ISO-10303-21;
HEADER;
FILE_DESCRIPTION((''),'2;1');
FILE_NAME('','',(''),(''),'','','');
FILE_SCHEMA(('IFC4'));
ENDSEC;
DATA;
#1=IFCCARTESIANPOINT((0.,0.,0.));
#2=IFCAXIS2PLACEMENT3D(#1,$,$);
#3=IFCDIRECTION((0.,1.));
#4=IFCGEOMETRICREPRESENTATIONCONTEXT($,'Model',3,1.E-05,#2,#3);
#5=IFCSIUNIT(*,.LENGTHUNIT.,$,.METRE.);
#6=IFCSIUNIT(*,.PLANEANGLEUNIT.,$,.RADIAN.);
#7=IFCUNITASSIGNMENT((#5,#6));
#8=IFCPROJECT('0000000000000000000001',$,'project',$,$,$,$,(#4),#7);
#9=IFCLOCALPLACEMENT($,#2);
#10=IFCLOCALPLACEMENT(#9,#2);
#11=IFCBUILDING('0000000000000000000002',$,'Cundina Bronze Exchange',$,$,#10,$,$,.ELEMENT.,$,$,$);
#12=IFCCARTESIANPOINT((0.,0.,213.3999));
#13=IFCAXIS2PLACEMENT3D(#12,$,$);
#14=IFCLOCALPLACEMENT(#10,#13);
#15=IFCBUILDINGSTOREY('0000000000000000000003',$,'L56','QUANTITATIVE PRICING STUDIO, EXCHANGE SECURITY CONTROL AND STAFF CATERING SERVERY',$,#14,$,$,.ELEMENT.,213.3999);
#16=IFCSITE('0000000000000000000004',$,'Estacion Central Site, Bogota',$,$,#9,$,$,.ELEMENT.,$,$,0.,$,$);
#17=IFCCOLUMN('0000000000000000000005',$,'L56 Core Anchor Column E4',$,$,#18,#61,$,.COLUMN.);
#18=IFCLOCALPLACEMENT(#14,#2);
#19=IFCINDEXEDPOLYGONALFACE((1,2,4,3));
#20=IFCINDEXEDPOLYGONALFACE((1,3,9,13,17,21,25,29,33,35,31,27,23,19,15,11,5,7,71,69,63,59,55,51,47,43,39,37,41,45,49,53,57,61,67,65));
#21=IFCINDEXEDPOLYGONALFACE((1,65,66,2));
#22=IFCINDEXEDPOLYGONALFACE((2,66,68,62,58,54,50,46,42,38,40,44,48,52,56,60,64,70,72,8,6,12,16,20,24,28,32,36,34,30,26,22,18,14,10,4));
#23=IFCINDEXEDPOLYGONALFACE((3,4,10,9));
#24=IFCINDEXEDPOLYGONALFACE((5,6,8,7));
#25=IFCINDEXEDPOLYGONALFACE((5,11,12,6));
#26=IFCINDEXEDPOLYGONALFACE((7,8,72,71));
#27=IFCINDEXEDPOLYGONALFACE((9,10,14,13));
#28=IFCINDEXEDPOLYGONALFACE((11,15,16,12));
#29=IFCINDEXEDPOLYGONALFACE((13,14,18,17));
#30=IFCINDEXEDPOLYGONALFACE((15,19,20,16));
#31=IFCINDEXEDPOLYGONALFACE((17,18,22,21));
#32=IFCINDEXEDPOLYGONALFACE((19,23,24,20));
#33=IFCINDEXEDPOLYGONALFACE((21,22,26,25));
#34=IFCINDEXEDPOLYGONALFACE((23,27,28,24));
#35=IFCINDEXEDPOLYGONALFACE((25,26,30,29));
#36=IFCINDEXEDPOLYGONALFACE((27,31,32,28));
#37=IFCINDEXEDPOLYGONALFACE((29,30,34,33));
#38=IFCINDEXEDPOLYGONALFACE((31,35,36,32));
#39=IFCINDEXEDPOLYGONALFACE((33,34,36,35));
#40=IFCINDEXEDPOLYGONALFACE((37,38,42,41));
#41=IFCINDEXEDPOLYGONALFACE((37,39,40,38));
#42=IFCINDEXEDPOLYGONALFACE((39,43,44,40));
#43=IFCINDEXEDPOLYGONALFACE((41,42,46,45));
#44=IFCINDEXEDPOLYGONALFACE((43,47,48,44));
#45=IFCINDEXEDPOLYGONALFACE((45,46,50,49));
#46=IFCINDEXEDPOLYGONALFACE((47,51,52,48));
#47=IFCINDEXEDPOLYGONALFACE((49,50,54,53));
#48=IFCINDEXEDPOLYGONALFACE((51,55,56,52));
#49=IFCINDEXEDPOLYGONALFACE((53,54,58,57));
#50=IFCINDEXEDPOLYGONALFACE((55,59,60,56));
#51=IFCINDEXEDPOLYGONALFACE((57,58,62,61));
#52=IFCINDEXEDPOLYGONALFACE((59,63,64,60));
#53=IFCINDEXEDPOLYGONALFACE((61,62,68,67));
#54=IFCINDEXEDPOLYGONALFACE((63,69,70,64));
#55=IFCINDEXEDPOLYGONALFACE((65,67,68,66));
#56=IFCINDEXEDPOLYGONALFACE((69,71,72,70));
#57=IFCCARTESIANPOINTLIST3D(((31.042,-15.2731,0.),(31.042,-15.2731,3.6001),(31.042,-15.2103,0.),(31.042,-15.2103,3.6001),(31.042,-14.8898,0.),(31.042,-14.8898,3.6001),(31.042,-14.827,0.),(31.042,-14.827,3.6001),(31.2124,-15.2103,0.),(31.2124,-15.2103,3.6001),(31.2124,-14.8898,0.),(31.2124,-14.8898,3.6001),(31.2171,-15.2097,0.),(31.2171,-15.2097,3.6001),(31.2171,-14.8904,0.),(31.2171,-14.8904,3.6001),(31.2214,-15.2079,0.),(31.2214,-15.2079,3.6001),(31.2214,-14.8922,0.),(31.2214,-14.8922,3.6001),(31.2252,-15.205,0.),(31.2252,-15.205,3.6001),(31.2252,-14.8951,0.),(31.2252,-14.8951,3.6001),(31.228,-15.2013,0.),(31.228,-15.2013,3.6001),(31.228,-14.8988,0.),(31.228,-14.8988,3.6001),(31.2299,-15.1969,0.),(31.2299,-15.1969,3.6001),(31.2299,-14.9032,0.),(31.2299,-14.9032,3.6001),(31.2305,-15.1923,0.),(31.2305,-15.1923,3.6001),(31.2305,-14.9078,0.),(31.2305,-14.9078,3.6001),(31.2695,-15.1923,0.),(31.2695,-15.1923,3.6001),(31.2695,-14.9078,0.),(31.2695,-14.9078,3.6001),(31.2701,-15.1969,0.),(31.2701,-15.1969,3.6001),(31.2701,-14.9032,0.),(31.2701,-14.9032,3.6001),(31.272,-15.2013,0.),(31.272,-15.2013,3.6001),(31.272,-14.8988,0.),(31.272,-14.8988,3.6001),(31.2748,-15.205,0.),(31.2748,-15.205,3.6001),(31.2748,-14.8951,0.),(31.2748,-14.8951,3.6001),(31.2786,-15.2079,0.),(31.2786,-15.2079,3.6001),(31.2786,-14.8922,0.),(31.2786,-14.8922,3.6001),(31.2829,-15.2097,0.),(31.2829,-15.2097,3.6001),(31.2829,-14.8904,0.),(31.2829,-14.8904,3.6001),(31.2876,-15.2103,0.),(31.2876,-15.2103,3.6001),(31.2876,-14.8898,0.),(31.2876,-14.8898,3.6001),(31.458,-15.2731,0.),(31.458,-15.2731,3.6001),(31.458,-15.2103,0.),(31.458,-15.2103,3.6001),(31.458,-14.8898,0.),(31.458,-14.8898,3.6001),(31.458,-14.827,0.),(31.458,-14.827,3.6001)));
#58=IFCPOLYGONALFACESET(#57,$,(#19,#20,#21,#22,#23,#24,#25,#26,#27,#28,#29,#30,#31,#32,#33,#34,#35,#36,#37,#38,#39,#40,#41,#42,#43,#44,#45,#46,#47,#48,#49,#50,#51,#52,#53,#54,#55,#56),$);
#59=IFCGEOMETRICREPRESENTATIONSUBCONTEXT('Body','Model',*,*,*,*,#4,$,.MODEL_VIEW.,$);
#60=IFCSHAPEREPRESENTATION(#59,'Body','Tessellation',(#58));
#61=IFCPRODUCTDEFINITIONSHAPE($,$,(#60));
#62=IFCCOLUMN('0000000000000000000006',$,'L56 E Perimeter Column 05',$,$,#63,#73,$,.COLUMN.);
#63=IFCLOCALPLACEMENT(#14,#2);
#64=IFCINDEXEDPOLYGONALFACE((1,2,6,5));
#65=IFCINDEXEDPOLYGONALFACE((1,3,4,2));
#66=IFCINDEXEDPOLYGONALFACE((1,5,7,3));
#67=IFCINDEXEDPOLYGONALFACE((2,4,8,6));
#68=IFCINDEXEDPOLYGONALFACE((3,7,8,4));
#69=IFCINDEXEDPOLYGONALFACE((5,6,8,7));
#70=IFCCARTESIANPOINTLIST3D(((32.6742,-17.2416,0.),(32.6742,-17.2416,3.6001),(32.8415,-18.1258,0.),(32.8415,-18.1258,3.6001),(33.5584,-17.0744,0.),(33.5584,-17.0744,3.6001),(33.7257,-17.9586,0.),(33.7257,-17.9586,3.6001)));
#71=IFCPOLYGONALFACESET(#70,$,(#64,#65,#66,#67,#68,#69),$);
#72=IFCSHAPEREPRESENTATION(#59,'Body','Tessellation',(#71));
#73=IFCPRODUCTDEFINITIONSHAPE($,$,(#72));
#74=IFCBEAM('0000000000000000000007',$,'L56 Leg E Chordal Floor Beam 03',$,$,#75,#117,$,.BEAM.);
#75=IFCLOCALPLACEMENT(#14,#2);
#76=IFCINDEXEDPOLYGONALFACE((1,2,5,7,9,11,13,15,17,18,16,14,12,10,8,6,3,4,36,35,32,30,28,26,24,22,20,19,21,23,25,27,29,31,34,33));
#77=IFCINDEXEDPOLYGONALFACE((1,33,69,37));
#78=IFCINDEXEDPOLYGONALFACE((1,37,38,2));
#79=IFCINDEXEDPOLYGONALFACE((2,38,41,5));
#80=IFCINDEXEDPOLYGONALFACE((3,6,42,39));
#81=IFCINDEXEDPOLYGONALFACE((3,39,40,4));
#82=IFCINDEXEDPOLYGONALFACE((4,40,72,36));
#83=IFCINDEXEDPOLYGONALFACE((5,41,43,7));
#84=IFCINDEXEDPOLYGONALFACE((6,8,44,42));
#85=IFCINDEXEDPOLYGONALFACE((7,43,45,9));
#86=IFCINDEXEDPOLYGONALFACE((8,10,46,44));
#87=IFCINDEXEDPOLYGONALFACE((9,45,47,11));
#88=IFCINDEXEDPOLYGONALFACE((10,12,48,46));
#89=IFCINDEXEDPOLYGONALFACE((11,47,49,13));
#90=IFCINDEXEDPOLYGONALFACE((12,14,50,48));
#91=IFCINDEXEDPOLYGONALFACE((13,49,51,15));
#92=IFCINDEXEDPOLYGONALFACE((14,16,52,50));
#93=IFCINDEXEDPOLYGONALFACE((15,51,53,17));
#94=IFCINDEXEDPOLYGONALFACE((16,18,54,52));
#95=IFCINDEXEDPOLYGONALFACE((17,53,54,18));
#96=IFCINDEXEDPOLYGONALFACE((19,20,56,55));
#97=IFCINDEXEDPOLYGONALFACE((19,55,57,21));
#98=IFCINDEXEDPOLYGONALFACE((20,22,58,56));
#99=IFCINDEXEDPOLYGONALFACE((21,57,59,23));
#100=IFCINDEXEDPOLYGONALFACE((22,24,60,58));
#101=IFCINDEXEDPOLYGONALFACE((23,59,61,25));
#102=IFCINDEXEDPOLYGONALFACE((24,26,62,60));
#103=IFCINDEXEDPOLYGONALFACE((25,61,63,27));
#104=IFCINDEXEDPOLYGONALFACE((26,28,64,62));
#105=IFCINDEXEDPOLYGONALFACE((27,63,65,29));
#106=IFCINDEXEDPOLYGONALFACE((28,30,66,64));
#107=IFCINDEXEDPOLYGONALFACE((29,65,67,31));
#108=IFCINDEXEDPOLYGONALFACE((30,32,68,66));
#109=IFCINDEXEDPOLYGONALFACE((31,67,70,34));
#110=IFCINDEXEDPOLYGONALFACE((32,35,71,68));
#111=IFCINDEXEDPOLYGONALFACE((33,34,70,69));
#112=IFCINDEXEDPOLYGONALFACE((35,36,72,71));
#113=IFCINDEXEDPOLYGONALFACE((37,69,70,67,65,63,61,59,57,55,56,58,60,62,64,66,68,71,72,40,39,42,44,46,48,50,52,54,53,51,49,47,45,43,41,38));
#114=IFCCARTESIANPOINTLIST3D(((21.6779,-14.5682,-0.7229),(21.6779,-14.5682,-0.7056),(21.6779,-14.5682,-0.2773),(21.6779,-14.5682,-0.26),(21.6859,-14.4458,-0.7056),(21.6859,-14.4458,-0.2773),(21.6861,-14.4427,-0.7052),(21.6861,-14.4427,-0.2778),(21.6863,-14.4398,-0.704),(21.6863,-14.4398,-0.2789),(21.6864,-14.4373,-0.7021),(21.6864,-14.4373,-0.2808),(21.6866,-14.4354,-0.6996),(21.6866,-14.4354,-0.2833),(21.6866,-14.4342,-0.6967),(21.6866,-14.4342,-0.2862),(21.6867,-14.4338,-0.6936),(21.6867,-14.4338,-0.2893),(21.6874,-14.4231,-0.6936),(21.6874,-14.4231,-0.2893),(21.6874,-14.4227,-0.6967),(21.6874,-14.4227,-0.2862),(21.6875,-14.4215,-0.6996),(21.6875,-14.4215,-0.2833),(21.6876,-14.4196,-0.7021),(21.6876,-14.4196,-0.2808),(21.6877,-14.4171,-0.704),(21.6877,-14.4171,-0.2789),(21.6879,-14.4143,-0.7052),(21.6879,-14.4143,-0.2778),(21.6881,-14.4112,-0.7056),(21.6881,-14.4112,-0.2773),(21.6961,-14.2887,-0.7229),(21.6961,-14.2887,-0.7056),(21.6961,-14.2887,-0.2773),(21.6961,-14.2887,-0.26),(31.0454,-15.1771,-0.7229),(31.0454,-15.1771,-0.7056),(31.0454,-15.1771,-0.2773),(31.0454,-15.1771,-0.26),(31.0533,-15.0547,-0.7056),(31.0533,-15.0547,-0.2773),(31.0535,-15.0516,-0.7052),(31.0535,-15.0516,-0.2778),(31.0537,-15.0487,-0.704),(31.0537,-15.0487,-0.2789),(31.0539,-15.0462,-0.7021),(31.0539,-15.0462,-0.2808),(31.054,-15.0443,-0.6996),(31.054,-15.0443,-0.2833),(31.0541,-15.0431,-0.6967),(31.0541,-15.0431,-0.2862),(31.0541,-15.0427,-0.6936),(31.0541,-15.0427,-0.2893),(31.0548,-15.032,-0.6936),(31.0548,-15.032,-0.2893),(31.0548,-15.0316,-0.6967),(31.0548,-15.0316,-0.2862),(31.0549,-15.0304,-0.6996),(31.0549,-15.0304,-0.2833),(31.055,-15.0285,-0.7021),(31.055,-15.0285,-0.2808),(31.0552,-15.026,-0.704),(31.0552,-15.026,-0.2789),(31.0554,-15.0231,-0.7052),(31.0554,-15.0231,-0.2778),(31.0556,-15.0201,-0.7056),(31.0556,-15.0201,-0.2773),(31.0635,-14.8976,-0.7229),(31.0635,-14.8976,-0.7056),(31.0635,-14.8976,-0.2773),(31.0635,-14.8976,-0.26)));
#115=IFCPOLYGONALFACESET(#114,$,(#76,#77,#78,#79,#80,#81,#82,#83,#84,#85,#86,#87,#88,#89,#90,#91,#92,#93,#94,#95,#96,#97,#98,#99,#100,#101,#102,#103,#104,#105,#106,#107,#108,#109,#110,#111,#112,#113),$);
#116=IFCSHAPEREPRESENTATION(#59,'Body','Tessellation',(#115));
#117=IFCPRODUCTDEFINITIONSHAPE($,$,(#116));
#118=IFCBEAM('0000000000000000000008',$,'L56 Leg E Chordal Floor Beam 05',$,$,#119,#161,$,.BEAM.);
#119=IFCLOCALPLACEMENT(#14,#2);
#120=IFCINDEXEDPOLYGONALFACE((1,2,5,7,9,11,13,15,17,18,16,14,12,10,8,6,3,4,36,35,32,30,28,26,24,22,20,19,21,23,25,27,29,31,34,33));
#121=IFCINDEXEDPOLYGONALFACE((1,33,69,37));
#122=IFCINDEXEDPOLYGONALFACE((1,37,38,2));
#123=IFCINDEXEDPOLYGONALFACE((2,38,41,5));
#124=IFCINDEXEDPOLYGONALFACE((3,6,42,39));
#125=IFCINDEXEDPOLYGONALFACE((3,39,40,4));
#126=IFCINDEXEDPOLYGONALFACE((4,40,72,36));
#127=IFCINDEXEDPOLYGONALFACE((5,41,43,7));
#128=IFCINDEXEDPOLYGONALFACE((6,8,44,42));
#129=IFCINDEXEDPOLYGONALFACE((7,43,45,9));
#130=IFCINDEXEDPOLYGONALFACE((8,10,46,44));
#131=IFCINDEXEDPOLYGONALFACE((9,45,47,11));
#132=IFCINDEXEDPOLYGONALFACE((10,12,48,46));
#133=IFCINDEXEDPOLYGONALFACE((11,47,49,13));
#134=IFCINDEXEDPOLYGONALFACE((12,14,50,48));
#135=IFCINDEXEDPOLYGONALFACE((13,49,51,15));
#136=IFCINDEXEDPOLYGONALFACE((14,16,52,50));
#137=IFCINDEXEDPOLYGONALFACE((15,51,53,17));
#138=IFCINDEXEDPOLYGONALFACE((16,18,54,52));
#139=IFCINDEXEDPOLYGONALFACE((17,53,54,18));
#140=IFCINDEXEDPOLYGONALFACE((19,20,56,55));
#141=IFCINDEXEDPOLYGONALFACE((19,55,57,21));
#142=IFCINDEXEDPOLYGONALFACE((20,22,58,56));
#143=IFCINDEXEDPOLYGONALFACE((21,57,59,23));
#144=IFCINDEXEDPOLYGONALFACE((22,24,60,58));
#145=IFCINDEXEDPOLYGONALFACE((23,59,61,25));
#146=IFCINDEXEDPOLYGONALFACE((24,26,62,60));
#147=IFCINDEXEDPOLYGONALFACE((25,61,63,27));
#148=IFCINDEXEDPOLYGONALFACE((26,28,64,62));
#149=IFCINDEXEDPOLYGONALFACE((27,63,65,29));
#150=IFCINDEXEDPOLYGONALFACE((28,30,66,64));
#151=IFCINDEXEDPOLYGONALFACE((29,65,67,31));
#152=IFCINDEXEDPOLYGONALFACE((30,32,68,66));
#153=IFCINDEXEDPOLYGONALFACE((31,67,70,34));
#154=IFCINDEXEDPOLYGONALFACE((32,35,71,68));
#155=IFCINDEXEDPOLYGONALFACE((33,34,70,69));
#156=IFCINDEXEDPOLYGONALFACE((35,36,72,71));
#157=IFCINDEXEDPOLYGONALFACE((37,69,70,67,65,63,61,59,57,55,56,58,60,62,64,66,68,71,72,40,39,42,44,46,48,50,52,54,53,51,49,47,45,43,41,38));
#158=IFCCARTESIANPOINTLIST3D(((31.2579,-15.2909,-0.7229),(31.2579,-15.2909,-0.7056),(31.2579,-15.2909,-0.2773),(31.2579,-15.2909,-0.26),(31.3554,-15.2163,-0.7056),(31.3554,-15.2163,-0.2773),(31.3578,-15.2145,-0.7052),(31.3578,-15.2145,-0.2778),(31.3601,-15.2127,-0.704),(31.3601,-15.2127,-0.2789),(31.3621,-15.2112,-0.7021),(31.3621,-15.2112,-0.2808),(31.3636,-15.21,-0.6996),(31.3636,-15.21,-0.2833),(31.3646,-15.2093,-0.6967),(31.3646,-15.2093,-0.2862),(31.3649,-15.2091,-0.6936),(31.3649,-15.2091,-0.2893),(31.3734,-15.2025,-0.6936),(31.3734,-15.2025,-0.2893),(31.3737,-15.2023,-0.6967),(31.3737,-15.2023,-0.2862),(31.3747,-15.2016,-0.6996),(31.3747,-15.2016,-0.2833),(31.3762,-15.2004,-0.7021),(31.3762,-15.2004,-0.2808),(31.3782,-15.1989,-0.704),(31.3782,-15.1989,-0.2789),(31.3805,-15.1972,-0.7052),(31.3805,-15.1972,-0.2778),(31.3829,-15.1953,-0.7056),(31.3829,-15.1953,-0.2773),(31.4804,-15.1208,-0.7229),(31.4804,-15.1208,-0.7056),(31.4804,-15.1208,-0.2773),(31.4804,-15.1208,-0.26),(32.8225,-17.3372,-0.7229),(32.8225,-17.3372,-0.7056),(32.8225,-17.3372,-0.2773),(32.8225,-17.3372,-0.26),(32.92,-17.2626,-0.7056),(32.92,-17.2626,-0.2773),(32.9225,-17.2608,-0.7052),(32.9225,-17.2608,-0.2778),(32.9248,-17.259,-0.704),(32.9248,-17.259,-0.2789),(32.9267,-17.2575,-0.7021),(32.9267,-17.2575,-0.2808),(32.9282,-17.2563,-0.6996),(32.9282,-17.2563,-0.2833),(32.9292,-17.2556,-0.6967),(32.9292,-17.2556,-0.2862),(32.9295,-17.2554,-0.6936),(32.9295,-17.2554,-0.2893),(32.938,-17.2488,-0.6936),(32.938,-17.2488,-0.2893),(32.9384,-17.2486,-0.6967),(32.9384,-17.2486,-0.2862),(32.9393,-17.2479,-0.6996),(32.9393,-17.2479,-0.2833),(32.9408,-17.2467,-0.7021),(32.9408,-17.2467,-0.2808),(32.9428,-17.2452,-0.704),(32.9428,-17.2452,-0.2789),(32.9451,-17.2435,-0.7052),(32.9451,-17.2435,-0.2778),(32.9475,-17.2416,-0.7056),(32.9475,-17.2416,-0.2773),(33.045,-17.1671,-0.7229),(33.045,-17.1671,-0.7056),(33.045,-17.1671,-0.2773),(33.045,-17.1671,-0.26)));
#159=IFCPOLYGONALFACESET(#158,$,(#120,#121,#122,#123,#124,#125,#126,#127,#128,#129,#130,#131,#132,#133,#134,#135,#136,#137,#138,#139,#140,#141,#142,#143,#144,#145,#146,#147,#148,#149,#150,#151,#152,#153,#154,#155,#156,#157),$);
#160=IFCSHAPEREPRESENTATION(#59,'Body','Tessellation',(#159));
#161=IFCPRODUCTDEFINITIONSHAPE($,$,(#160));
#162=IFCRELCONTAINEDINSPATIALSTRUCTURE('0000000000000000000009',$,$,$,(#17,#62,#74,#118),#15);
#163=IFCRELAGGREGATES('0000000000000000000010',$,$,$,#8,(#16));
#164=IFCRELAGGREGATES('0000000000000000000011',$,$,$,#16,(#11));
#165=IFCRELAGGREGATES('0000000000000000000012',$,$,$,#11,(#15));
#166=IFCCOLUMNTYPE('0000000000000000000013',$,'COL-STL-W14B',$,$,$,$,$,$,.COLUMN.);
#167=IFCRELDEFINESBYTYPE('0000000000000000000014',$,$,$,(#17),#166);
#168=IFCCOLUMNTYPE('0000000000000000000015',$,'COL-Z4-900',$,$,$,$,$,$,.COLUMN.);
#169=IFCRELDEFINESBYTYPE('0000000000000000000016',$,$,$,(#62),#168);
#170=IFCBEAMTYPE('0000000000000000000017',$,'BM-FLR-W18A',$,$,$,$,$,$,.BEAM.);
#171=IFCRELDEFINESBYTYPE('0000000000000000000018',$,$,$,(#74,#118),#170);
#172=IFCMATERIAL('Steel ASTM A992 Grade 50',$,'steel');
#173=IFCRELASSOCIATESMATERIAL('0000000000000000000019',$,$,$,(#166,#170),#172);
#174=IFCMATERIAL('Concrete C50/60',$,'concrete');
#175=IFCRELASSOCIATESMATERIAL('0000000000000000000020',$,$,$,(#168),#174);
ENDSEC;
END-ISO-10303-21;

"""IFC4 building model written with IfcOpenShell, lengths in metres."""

from ifc_helpers import new_model, si_unit, direction, frame, origin, origin_2d, place, context, subcontext, project, spatial, rectangle, i_section, extrude, material, material_profile, profile_set, type_object, element, save


model = new_model("IFC4")

# Units and contexts
model_context = context("Model", 3, precision=1e-05, world=origin(), true_north=direction((0.0, 1.0)))
body_context = subcontext(model_context, "Body", "Model", "MODEL_VIEW")
ifc_project = project(units=[si_unit("LENGTHUNIT", "METRE"), si_unit("PLANEANGLEUNIT", "RADIAN")], contexts=[model_context])

# Site, building, storey
site_placement = place(None, origin())
site = spatial("IfcSite", under=ifc_project, at=site_placement, Name="Estacion Central Site, Bogota", CompositionType="ELEMENT", RefElevation=0.0)
building_placement = place(site_placement, origin())
building = spatial("IfcBuilding", under=site, at=building_placement, Name="Cundina Bronze Exchange", CompositionType="ELEMENT")
storey_placement = place(building_placement, frame((0.0, 0.0, 213.3999)))
storey = spatial("IfcBuildingStorey", under=building, at=storey_placement, Name="L56", Description="QUANTITATIVE PRICING STUDIO, EXCHANGE SECURITY CONTROL AND STAFF CATERING SERVERY", CompositionType="ELEMENT", Elevation=213.3999)

# Columns
ifc_material_1 = material(Name="Steel ASTM A992 Grade 50", Category="steel")
ifc_material_profile_1 = material_profile(ifc_material_1, i_section(OverallWidth=0.416, OverallDepth=0.446, WebThickness=0.0391, FlangeThickness=0.0627, FilletRadius=0.0181, at=origin_2d()), Name="W14X342", Category="steel")
ifc_profile_set_1 = profile_set([ifc_material_profile_1], Name="Steel ASTM A992 Grade 50")
column_type_1 = type_object("IfcColumnType", Name="COL-STL-W14B", PredefinedType="COLUMN", material=ifc_profile_set_1)
column_1_placement = place(storey_placement, frame((31.25, -15.05, 0.0), z_axis=(0.0, 0.0, 1.0), x_axis=(1.0, 0.0, 0.0)))
element("IfcColumn", 1, at=column_1_placement, inside=storey, type_object=column_type_1, Name="L56 Core Anchor Column E4", PredefinedType="COLUMN", context=body_context, shape_type="SweptSolid", body=[
    extrude(i_section(OverallWidth=0.416, OverallDepth=0.446, WebThickness=0.0391, FlangeThickness=0.0627, FilletRadius=0.0181, at=origin_2d()), origin(), (0.0, 0.0, 1.0), 3.6001),
])
ifc_material_2 = material(Name="Concrete C50/60", Category="concrete")
ifc_material_profile_2 = material_profile(ifc_material_2, rectangle(XDim=0.8999, YDim=0.8999, at=origin_2d()), Name="RC900X900", Category="concrete")
ifc_profile_set_2 = profile_set([ifc_material_profile_2], Name="Concrete C50/60")
column_type_2 = type_object("IfcColumnType", Name="COL-Z4-900", PredefinedType="COLUMN", material=ifc_profile_set_2)
column_2_placement = place(storey_placement, frame((33.2, -17.6001, 0.0), z_axis=(0.0, 0.0, 1.0), x_axis=(0.98258, 0.185838, 0.0)))
element("IfcColumn", 2, at=column_2_placement, inside=storey, type_object=column_type_2, Name="L56 E Perimeter Column 05", PredefinedType="COLUMN", context=body_context, shape_type="SweptSolid", body=[
    extrude(rectangle(XDim=0.8999, YDim=0.8999, at=origin_2d()), origin(), (0.0, 0.0, 1.0), 3.6001),
])

# Beams
ifc_material_profile_3 = material_profile(ifc_material_1, i_section(OverallWidth=0.28, OverallDepth=0.4629, WebThickness=0.0107, FlangeThickness=0.0173, FilletRadius=0.012, at=origin_2d()), Name="W18X76", Category="steel")
ifc_profile_set_3 = profile_set([ifc_material_profile_3], Name="Steel ASTM A992 Grade 50")
beam_type_1 = type_object("IfcBeamType", Name="BM-FLR-W18A", PredefinedType="BEAM", material=ifc_profile_set_3)
beam_1_placement = place(storey_placement, frame((31.0544, -15.0374, -0.4915), z_axis=(-0.997894, 0.064864, 0.0), x_axis=(-0.064864, -0.997894, 0.0)))
element("IfcBeam", 3, at=beam_1_placement, inside=storey, type_object=beam_type_1, Name="L56 Leg E Chordal Floor Beam 03", PredefinedType="BEAM", context=body_context, shape_type="SweptSolid", body=[
    extrude(i_section(OverallWidth=0.28, OverallDepth=0.4629, WebThickness=0.0107, FlangeThickness=0.0173, FilletRadius=0.012, at=origin_2d()), origin(), (0.0, 0.0, 1.0), 9.3872),
])
beam_2_placement = place(storey_placement, frame((31.3691, -15.2058, -0.4915), z_axis=(0.607404, -0.794393, 0.0), x_axis=(0.794393, 0.607404, 0.0)))
element("IfcBeam", 4, at=beam_2_placement, inside=storey, type_object=beam_type_1, Name="L56 Leg E Chordal Floor Beam 05", PredefinedType="BEAM", context=body_context, shape_type="SweptSolid", body=[
    extrude(i_section(OverallWidth=0.28, OverallDepth=0.4629, WebThickness=0.0107, FlangeThickness=0.0173, FilletRadius=0.012, at=origin_2d()), origin(), (0.0, 0.0, 1.0), 2.5759),
])

save(model, "model.ifc")
